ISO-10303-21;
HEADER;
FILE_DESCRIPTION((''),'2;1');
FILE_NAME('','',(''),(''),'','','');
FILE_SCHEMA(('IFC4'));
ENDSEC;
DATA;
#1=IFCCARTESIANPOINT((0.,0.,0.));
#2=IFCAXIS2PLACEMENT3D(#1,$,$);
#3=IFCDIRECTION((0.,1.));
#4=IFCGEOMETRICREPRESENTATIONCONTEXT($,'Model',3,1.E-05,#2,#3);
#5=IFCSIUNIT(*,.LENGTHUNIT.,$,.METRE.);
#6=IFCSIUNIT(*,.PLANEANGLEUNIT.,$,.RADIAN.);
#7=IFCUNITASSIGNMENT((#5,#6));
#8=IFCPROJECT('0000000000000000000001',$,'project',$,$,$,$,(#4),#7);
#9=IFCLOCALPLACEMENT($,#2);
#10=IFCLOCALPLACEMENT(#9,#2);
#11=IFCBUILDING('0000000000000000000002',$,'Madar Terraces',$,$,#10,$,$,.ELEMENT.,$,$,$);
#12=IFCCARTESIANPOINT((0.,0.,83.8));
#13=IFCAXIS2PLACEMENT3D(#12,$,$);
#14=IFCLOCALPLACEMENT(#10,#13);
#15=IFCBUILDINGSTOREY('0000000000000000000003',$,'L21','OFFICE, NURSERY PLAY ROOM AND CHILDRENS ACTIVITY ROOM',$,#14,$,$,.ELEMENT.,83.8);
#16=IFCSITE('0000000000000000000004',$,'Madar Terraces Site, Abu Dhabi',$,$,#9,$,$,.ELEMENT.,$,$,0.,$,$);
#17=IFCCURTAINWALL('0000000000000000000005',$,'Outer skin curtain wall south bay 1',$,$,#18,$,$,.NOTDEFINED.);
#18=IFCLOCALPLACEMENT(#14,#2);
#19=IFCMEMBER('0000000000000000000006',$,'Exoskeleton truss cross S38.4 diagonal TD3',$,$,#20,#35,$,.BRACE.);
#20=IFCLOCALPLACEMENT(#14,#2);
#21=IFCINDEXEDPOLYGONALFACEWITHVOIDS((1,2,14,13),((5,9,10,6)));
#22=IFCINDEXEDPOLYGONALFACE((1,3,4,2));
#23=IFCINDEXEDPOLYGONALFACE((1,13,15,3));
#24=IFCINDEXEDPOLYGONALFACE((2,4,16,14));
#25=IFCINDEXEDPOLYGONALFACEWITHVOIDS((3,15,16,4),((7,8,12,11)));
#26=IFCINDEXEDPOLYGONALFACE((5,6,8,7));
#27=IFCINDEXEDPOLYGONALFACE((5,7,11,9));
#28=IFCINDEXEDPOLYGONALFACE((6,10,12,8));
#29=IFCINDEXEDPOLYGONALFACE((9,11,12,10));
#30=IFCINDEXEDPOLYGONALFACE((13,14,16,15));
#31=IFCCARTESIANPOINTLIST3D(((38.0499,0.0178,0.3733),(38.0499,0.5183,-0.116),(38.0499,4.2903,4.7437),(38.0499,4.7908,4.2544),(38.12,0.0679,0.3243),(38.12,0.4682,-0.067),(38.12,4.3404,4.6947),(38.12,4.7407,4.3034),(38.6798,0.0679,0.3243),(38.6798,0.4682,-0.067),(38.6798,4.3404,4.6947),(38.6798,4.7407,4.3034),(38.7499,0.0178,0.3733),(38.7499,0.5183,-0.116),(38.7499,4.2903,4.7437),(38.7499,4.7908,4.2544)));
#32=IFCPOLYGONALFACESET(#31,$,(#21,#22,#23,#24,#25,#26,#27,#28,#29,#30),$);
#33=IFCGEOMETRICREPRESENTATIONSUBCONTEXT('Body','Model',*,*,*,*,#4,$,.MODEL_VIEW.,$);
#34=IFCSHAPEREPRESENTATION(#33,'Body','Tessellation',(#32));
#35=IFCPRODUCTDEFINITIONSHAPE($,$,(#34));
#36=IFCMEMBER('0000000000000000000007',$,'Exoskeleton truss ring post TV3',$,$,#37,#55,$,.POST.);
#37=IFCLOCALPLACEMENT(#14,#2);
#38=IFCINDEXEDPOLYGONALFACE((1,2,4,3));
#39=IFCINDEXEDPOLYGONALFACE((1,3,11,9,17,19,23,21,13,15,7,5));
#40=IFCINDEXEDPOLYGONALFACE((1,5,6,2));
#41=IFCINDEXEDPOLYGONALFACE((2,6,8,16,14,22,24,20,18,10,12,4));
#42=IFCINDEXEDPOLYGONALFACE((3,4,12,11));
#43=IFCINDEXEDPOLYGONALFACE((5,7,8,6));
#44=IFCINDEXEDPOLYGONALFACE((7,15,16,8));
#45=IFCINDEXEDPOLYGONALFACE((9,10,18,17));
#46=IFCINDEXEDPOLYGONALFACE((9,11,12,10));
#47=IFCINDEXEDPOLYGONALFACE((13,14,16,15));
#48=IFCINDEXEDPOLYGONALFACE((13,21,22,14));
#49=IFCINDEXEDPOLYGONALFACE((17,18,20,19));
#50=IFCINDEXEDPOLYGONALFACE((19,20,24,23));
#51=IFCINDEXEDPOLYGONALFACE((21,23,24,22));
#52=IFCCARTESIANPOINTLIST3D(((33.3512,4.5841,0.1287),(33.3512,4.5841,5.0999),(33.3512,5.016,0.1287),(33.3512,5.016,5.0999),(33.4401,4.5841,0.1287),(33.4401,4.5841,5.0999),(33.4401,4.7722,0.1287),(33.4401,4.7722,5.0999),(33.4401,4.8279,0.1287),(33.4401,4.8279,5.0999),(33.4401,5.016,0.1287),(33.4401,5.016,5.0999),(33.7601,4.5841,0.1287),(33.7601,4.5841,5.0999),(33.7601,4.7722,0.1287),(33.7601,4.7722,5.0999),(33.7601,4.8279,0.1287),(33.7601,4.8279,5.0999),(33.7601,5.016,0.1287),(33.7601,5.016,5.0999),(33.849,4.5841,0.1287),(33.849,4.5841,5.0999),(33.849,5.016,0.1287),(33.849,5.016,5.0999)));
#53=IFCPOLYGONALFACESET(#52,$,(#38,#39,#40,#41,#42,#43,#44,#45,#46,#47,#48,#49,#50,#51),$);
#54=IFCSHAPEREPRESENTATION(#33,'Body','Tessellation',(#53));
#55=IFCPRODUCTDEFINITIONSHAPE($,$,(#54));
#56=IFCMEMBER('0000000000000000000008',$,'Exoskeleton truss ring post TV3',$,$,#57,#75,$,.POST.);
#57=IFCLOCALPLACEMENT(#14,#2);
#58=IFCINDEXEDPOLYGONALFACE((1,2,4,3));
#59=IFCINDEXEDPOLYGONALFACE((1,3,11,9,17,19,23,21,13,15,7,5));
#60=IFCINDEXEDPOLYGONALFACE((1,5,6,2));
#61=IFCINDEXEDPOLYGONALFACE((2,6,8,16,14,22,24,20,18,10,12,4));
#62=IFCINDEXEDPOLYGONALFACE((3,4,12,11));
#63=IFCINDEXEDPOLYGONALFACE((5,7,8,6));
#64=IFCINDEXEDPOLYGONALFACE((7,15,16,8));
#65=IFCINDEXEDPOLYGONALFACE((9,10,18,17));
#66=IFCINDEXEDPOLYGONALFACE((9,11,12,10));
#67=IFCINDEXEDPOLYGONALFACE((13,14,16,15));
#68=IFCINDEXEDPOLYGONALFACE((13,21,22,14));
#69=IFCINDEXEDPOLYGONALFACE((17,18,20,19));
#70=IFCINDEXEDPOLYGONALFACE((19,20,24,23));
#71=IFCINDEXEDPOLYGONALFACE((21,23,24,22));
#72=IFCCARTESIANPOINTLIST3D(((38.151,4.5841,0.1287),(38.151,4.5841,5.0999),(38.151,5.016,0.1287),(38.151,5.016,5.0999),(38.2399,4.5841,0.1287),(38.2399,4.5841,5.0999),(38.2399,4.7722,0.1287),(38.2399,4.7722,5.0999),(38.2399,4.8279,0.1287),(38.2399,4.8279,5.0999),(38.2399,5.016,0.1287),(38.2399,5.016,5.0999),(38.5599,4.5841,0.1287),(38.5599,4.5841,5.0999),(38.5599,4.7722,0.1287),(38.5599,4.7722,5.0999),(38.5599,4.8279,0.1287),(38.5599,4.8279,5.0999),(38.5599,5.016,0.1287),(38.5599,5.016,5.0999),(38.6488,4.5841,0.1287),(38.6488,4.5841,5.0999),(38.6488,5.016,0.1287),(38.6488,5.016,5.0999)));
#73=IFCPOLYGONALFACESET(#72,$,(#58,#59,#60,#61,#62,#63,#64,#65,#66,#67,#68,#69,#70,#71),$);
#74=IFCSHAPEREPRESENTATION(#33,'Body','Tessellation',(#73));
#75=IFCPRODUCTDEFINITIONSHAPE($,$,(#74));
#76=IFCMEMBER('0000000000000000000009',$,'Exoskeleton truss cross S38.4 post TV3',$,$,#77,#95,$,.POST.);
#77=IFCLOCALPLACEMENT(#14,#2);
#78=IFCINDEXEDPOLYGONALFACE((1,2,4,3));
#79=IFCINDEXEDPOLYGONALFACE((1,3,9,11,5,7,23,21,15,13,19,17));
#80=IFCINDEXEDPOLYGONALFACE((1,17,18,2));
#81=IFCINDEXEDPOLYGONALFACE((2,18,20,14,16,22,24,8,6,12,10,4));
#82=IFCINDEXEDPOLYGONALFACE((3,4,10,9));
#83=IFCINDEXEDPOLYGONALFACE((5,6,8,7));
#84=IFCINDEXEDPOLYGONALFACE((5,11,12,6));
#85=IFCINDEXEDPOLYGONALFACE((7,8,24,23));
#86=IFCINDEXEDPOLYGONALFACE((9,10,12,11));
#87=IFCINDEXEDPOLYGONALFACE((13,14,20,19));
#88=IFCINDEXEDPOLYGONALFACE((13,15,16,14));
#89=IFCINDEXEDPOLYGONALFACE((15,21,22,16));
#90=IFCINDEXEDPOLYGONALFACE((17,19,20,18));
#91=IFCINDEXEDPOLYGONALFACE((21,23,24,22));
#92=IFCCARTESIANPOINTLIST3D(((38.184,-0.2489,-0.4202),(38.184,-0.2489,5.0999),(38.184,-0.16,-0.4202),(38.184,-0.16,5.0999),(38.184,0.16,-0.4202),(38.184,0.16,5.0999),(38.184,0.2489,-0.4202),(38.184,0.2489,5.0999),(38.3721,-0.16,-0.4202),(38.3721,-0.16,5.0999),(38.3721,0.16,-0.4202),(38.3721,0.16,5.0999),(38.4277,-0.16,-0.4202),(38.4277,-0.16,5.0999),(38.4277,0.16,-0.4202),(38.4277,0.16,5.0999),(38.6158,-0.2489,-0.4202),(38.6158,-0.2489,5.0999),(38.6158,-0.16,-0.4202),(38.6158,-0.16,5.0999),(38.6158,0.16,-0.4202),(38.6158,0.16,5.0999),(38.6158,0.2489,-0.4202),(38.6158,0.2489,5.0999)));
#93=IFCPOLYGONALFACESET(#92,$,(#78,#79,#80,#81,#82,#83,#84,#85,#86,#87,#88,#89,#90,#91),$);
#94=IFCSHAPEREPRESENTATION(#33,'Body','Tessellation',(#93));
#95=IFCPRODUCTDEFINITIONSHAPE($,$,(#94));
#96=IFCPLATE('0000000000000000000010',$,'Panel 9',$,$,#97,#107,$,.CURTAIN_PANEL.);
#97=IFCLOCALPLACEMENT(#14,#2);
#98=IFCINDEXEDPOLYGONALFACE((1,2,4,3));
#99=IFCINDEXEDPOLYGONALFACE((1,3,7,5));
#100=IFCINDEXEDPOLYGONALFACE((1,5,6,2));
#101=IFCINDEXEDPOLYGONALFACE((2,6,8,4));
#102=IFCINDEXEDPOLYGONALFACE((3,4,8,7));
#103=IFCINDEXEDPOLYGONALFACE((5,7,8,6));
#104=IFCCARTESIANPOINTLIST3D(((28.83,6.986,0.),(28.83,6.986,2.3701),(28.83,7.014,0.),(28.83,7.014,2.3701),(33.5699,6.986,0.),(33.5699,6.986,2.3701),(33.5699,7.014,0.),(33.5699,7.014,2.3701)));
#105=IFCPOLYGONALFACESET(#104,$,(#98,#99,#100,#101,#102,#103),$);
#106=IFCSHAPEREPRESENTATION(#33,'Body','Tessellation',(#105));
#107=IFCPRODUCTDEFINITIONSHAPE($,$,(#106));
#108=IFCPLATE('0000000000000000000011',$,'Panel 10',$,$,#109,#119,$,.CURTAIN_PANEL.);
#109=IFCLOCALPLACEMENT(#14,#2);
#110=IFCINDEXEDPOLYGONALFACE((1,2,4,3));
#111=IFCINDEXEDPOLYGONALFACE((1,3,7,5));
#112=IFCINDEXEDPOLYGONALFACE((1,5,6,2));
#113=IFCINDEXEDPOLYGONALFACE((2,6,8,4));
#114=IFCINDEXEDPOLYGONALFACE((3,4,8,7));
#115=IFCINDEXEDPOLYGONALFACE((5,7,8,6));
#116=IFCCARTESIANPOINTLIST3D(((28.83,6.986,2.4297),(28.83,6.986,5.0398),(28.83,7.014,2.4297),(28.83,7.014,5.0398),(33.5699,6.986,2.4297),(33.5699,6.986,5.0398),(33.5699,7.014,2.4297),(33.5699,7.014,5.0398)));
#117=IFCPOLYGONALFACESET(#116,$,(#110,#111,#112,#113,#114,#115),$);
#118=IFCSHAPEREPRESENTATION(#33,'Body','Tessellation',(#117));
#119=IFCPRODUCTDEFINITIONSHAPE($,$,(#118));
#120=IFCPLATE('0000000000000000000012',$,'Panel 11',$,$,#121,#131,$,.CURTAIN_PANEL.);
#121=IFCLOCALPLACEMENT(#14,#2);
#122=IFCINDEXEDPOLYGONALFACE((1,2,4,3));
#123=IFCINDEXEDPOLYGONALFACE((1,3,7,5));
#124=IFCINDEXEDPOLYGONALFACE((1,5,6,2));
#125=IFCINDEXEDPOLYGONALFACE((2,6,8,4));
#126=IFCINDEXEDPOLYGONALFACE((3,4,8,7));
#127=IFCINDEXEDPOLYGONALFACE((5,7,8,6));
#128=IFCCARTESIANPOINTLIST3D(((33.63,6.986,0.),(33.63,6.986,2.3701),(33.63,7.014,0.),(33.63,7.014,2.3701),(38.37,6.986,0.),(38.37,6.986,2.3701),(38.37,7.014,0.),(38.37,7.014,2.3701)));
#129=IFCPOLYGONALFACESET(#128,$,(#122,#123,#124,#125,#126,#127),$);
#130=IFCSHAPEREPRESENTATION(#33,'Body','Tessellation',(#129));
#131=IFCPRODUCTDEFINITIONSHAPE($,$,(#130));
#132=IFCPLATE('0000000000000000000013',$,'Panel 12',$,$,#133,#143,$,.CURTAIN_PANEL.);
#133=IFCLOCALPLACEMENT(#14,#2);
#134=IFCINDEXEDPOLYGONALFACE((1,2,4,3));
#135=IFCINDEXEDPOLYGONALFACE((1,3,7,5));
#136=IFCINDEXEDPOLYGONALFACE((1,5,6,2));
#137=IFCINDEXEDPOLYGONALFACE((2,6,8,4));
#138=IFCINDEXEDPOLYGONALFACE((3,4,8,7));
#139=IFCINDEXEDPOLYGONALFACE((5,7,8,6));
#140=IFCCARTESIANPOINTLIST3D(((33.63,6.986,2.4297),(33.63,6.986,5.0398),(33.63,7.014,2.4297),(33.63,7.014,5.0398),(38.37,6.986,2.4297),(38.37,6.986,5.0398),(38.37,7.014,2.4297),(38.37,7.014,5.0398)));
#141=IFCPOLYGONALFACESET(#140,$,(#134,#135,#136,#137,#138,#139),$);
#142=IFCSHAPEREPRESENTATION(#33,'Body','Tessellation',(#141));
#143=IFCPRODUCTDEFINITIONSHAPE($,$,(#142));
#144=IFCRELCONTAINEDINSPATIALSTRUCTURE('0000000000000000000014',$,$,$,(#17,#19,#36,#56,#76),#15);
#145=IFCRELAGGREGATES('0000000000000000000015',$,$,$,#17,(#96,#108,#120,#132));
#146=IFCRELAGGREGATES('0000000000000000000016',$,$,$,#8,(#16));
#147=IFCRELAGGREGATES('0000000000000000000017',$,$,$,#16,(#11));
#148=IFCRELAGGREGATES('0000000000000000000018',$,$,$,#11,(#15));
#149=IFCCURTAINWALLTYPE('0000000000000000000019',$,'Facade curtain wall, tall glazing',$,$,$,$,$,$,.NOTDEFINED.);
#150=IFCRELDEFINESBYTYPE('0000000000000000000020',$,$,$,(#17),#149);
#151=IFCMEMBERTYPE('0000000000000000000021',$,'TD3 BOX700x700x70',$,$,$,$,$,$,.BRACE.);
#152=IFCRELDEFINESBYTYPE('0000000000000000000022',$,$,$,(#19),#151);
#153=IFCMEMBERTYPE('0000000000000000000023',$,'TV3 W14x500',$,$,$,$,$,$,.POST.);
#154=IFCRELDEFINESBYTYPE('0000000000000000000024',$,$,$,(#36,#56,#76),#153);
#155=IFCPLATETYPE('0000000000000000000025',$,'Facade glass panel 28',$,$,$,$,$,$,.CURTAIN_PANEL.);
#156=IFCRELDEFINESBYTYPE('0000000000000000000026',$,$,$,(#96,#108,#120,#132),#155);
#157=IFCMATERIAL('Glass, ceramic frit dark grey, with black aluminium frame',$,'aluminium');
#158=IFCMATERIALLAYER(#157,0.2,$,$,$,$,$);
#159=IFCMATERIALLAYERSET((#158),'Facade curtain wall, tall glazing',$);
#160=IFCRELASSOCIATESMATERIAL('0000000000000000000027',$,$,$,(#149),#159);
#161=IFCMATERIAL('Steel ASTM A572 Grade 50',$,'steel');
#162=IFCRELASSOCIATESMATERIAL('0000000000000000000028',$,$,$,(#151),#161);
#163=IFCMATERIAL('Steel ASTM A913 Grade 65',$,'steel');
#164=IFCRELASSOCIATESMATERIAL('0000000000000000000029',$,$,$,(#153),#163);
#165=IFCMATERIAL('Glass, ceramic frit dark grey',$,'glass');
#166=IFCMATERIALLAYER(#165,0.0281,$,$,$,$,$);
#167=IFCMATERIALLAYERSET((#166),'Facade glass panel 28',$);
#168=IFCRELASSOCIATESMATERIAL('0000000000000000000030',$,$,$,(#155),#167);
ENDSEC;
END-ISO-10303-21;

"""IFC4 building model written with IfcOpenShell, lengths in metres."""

from ifc_helpers import new_model, si_unit, direction, frame, origin, origin_2d, place, context, subcontext, project, spatial, rectangle, hollow_rectangle, i_section, extrude, material, layer, layer_set, material_profile, profile_set, type_object, element, aggregate, save


model = new_model("IFC4")

# Units and contexts
model_context = context("Model", 3, precision=1e-05, world=origin(), true_north=direction((0.0, 1.0)))
body_context = subcontext(model_context, "Body", "Model", "MODEL_VIEW")
ifc_project = project(units=[si_unit("LENGTHUNIT", "METRE"), si_unit("PLANEANGLEUNIT", "RADIAN")], contexts=[model_context])

# Site, building, storey
site_placement = place(None, origin())
site = spatial("IfcSite", under=ifc_project, at=site_placement, Name="Madar Terraces Site, Abu Dhabi", CompositionType="ELEMENT", RefElevation=0.0)
building_placement = place(site_placement, origin())
building = spatial("IfcBuilding", under=site, at=building_placement, Name="Madar Terraces", CompositionType="ELEMENT")
storey_placement = place(building_placement, frame((0.0, 0.0, 83.8)))
storey = spatial("IfcBuildingStorey", under=building, at=storey_placement, Name="L21", Description="OFFICE, NURSERY PLAY ROOM AND CHILDRENS ACTIVITY ROOM", CompositionType="ELEMENT", Elevation=83.8)

# Curtain wall
ifc_material_1 = material(Name="Glass, ceramic frit dark grey, with black aluminium frame", Category="aluminium")
ifc_layer_1 = layer(ifc_material_1, 0.2)
ifc_layer_set_1 = layer_set([ifc_layer_1], Name="Facade curtain wall, tall glazing")
curtain_wall_type = type_object("IfcCurtainWallType", Name="Facade curtain wall, tall glazing", PredefinedType="NOTDEFINED", material=ifc_layer_set_1)
curtain_wall_placement = place(storey_placement, origin())
curtain_wall = element("IfcCurtainWall", 1, at=curtain_wall_placement, inside=storey, type_object=curtain_wall_type, Name="Outer skin curtain wall south bay 1", PredefinedType="NOTDEFINED")

# Members
ifc_material_2 = material(Name="Steel ASTM A572 Grade 50", Category="steel")
ifc_material_profile_1 = material_profile(ifc_material_2, hollow_rectangle(XDim=0.7, YDim=0.7, WallThickness=0.0701, at=origin_2d()), Name="BOX700x700x70")
ifc_profile_set_1 = profile_set([ifc_material_profile_1], Name="Steel ASTM A572 Grade 50")
member_type_1 = type_object("IfcMemberType", Name="TD3 BOX700x700x70", PredefinedType="BRACE", material=ifc_profile_set_1)
member_1_placement = place(storey_placement, frame((38.3999, 0.2681, 0.1287), z_axis=(0.0, 0.699052, 0.715071), x_axis=(-1.0, 0.0, 0.0)))
element("IfcMember", 2, at=member_1_placement, inside=storey, type_object=member_type_1, Name="Exoskeleton truss cross S38.4 diagonal TD3", PredefinedType="BRACE", context=body_context, shape_type="SweptSolid", body=[
    extrude(hollow_rectangle(XDim=0.7, YDim=0.7, WallThickness=0.0701, at=origin_2d()), origin(), (0.0, 0.0, 1.0), 6.1118),
])
ifc_material_3 = material(Name="Steel ASTM A913 Grade 65", Category="steel")
ifc_material_profile_2 = material_profile(ifc_material_3, i_section(OverallWidth=0.4319, OverallDepth=0.4978, WebThickness=0.0557, FlangeThickness=0.0889, at=origin_2d()), Name="W14x500")
ifc_profile_set_2 = profile_set([ifc_material_profile_2], Name="Steel ASTM A913 Grade 65")
member_type_2 = type_object("IfcMemberType", Name="TV3 W14x500", PredefinedType="POST", material=ifc_profile_set_2)
for number, where, z_axis, x_axis, name in (
    (3, (33.6001, 4.8, 0.1287), (0.0, 0.0, 1.0), (0.0, 1.0, 0.0), "Exoskeleton truss ring post TV3"),
    (4, (38.3999, 4.8, 0.1287), (0.0, 0.0, 1.0), (0.0, 1.0, 0.0), "Exoskeleton truss ring post TV3"),
):
    element("IfcMember", number, at=place(storey_placement, frame(where, z_axis=z_axis, x_axis=x_axis)), inside=storey, type_object=member_type_2, Name=name, PredefinedType="POST", context=body_context, shape_type="SweptSolid", body=[
        extrude(i_section(OverallWidth=0.4319, OverallDepth=0.4978, WebThickness=0.0557, FlangeThickness=0.0889, at=origin_2d()), origin(), (0.0, 0.0, 1.0), 4.9712),
    ])
member_2_placement = place(storey_placement, frame((38.3999, 0.0, -0.4202), z_axis=(0.0, 0.0, 1.0), x_axis=(-1.0, 0.0, 0.0)))
element("IfcMember", 5, at=member_2_placement, inside=storey, type_object=member_type_2, Name="Exoskeleton truss cross S38.4 post TV3", PredefinedType="POST", context=body_context, shape_type="SweptSolid", body=[
    extrude(i_section(OverallWidth=0.4319, OverallDepth=0.4978, WebThickness=0.0557, FlangeThickness=0.0889, at=origin_2d()), origin(), (0.0, 0.0, 1.0), 5.52),
])

# Plates
ifc_material_4 = material(Name="Glass, ceramic frit dark grey", Category="glass")
ifc_layer_2 = layer(ifc_material_4, 0.0281)
ifc_layer_set_2 = layer_set([ifc_layer_2], Name="Facade glass panel 28")
plate_type = type_object("IfcPlateType", Name="Facade glass panel 28", PredefinedType="CURTAIN_PANEL", material=ifc_layer_set_2)
plate_1_placement = place(storey_placement, frame((31.2, 7.0, 0.0), z_axis=(0.0, 0.0, 1.0), x_axis=(1.0, 0.0, 0.0)))
plate_1 = element("IfcPlate", 6, at=plate_1_placement, type_object=plate_type, Name="Panel 9", PredefinedType="CURTAIN_PANEL", context=body_context, shape_type="SweptSolid", body=[
    extrude(rectangle(XDim=4.74, YDim=0.0281, at=origin_2d()), origin(), (0.0, 0.0, 1.0), 2.3701),
])
plate_2_placement = place(storey_placement, frame((31.2, 7.0, 2.4297), z_axis=(0.0, 0.0, 1.0), x_axis=(1.0, 0.0, 0.0)))
plate_2 = element("IfcPlate", 7, at=plate_2_placement, type_object=plate_type, Name="Panel 10", PredefinedType="CURTAIN_PANEL", context=body_context, shape_type="SweptSolid", body=[
    extrude(rectangle(XDim=4.74, YDim=0.0281, at=origin_2d()), origin(), (0.0, 0.0, 1.0), 2.6101),
])
plate_3_placement = place(storey_placement, frame((36.0, 7.0, 0.0), z_axis=(0.0, 0.0, 1.0), x_axis=(1.0, 0.0, 0.0)))
plate_3 = element("IfcPlate", 8, at=plate_3_placement, type_object=plate_type, Name="Panel 11", PredefinedType="CURTAIN_PANEL", context=body_context, shape_type="SweptSolid", body=[
    extrude(rectangle(XDim=4.74, YDim=0.0281, at=origin_2d()), origin(), (0.0, 0.0, 1.0), 2.3701),
])
plate_4_placement = place(storey_placement, frame((36.0, 7.0, 2.4297), z_axis=(0.0, 0.0, 1.0), x_axis=(1.0, 0.0, 0.0)))
plate_4 = element("IfcPlate", 9, at=plate_4_placement, type_object=plate_type, Name="Panel 12", PredefinedType="CURTAIN_PANEL", context=body_context, shape_type="SweptSolid", body=[
    extrude(rectangle(XDim=4.74, YDim=0.0281, at=origin_2d()), origin(), (0.0, 0.0, 1.0), 2.6101),
])
aggregate(curtain_wall, [plate_1, plate_2, plate_3, plate_4])

save(model, "model.ifc")
